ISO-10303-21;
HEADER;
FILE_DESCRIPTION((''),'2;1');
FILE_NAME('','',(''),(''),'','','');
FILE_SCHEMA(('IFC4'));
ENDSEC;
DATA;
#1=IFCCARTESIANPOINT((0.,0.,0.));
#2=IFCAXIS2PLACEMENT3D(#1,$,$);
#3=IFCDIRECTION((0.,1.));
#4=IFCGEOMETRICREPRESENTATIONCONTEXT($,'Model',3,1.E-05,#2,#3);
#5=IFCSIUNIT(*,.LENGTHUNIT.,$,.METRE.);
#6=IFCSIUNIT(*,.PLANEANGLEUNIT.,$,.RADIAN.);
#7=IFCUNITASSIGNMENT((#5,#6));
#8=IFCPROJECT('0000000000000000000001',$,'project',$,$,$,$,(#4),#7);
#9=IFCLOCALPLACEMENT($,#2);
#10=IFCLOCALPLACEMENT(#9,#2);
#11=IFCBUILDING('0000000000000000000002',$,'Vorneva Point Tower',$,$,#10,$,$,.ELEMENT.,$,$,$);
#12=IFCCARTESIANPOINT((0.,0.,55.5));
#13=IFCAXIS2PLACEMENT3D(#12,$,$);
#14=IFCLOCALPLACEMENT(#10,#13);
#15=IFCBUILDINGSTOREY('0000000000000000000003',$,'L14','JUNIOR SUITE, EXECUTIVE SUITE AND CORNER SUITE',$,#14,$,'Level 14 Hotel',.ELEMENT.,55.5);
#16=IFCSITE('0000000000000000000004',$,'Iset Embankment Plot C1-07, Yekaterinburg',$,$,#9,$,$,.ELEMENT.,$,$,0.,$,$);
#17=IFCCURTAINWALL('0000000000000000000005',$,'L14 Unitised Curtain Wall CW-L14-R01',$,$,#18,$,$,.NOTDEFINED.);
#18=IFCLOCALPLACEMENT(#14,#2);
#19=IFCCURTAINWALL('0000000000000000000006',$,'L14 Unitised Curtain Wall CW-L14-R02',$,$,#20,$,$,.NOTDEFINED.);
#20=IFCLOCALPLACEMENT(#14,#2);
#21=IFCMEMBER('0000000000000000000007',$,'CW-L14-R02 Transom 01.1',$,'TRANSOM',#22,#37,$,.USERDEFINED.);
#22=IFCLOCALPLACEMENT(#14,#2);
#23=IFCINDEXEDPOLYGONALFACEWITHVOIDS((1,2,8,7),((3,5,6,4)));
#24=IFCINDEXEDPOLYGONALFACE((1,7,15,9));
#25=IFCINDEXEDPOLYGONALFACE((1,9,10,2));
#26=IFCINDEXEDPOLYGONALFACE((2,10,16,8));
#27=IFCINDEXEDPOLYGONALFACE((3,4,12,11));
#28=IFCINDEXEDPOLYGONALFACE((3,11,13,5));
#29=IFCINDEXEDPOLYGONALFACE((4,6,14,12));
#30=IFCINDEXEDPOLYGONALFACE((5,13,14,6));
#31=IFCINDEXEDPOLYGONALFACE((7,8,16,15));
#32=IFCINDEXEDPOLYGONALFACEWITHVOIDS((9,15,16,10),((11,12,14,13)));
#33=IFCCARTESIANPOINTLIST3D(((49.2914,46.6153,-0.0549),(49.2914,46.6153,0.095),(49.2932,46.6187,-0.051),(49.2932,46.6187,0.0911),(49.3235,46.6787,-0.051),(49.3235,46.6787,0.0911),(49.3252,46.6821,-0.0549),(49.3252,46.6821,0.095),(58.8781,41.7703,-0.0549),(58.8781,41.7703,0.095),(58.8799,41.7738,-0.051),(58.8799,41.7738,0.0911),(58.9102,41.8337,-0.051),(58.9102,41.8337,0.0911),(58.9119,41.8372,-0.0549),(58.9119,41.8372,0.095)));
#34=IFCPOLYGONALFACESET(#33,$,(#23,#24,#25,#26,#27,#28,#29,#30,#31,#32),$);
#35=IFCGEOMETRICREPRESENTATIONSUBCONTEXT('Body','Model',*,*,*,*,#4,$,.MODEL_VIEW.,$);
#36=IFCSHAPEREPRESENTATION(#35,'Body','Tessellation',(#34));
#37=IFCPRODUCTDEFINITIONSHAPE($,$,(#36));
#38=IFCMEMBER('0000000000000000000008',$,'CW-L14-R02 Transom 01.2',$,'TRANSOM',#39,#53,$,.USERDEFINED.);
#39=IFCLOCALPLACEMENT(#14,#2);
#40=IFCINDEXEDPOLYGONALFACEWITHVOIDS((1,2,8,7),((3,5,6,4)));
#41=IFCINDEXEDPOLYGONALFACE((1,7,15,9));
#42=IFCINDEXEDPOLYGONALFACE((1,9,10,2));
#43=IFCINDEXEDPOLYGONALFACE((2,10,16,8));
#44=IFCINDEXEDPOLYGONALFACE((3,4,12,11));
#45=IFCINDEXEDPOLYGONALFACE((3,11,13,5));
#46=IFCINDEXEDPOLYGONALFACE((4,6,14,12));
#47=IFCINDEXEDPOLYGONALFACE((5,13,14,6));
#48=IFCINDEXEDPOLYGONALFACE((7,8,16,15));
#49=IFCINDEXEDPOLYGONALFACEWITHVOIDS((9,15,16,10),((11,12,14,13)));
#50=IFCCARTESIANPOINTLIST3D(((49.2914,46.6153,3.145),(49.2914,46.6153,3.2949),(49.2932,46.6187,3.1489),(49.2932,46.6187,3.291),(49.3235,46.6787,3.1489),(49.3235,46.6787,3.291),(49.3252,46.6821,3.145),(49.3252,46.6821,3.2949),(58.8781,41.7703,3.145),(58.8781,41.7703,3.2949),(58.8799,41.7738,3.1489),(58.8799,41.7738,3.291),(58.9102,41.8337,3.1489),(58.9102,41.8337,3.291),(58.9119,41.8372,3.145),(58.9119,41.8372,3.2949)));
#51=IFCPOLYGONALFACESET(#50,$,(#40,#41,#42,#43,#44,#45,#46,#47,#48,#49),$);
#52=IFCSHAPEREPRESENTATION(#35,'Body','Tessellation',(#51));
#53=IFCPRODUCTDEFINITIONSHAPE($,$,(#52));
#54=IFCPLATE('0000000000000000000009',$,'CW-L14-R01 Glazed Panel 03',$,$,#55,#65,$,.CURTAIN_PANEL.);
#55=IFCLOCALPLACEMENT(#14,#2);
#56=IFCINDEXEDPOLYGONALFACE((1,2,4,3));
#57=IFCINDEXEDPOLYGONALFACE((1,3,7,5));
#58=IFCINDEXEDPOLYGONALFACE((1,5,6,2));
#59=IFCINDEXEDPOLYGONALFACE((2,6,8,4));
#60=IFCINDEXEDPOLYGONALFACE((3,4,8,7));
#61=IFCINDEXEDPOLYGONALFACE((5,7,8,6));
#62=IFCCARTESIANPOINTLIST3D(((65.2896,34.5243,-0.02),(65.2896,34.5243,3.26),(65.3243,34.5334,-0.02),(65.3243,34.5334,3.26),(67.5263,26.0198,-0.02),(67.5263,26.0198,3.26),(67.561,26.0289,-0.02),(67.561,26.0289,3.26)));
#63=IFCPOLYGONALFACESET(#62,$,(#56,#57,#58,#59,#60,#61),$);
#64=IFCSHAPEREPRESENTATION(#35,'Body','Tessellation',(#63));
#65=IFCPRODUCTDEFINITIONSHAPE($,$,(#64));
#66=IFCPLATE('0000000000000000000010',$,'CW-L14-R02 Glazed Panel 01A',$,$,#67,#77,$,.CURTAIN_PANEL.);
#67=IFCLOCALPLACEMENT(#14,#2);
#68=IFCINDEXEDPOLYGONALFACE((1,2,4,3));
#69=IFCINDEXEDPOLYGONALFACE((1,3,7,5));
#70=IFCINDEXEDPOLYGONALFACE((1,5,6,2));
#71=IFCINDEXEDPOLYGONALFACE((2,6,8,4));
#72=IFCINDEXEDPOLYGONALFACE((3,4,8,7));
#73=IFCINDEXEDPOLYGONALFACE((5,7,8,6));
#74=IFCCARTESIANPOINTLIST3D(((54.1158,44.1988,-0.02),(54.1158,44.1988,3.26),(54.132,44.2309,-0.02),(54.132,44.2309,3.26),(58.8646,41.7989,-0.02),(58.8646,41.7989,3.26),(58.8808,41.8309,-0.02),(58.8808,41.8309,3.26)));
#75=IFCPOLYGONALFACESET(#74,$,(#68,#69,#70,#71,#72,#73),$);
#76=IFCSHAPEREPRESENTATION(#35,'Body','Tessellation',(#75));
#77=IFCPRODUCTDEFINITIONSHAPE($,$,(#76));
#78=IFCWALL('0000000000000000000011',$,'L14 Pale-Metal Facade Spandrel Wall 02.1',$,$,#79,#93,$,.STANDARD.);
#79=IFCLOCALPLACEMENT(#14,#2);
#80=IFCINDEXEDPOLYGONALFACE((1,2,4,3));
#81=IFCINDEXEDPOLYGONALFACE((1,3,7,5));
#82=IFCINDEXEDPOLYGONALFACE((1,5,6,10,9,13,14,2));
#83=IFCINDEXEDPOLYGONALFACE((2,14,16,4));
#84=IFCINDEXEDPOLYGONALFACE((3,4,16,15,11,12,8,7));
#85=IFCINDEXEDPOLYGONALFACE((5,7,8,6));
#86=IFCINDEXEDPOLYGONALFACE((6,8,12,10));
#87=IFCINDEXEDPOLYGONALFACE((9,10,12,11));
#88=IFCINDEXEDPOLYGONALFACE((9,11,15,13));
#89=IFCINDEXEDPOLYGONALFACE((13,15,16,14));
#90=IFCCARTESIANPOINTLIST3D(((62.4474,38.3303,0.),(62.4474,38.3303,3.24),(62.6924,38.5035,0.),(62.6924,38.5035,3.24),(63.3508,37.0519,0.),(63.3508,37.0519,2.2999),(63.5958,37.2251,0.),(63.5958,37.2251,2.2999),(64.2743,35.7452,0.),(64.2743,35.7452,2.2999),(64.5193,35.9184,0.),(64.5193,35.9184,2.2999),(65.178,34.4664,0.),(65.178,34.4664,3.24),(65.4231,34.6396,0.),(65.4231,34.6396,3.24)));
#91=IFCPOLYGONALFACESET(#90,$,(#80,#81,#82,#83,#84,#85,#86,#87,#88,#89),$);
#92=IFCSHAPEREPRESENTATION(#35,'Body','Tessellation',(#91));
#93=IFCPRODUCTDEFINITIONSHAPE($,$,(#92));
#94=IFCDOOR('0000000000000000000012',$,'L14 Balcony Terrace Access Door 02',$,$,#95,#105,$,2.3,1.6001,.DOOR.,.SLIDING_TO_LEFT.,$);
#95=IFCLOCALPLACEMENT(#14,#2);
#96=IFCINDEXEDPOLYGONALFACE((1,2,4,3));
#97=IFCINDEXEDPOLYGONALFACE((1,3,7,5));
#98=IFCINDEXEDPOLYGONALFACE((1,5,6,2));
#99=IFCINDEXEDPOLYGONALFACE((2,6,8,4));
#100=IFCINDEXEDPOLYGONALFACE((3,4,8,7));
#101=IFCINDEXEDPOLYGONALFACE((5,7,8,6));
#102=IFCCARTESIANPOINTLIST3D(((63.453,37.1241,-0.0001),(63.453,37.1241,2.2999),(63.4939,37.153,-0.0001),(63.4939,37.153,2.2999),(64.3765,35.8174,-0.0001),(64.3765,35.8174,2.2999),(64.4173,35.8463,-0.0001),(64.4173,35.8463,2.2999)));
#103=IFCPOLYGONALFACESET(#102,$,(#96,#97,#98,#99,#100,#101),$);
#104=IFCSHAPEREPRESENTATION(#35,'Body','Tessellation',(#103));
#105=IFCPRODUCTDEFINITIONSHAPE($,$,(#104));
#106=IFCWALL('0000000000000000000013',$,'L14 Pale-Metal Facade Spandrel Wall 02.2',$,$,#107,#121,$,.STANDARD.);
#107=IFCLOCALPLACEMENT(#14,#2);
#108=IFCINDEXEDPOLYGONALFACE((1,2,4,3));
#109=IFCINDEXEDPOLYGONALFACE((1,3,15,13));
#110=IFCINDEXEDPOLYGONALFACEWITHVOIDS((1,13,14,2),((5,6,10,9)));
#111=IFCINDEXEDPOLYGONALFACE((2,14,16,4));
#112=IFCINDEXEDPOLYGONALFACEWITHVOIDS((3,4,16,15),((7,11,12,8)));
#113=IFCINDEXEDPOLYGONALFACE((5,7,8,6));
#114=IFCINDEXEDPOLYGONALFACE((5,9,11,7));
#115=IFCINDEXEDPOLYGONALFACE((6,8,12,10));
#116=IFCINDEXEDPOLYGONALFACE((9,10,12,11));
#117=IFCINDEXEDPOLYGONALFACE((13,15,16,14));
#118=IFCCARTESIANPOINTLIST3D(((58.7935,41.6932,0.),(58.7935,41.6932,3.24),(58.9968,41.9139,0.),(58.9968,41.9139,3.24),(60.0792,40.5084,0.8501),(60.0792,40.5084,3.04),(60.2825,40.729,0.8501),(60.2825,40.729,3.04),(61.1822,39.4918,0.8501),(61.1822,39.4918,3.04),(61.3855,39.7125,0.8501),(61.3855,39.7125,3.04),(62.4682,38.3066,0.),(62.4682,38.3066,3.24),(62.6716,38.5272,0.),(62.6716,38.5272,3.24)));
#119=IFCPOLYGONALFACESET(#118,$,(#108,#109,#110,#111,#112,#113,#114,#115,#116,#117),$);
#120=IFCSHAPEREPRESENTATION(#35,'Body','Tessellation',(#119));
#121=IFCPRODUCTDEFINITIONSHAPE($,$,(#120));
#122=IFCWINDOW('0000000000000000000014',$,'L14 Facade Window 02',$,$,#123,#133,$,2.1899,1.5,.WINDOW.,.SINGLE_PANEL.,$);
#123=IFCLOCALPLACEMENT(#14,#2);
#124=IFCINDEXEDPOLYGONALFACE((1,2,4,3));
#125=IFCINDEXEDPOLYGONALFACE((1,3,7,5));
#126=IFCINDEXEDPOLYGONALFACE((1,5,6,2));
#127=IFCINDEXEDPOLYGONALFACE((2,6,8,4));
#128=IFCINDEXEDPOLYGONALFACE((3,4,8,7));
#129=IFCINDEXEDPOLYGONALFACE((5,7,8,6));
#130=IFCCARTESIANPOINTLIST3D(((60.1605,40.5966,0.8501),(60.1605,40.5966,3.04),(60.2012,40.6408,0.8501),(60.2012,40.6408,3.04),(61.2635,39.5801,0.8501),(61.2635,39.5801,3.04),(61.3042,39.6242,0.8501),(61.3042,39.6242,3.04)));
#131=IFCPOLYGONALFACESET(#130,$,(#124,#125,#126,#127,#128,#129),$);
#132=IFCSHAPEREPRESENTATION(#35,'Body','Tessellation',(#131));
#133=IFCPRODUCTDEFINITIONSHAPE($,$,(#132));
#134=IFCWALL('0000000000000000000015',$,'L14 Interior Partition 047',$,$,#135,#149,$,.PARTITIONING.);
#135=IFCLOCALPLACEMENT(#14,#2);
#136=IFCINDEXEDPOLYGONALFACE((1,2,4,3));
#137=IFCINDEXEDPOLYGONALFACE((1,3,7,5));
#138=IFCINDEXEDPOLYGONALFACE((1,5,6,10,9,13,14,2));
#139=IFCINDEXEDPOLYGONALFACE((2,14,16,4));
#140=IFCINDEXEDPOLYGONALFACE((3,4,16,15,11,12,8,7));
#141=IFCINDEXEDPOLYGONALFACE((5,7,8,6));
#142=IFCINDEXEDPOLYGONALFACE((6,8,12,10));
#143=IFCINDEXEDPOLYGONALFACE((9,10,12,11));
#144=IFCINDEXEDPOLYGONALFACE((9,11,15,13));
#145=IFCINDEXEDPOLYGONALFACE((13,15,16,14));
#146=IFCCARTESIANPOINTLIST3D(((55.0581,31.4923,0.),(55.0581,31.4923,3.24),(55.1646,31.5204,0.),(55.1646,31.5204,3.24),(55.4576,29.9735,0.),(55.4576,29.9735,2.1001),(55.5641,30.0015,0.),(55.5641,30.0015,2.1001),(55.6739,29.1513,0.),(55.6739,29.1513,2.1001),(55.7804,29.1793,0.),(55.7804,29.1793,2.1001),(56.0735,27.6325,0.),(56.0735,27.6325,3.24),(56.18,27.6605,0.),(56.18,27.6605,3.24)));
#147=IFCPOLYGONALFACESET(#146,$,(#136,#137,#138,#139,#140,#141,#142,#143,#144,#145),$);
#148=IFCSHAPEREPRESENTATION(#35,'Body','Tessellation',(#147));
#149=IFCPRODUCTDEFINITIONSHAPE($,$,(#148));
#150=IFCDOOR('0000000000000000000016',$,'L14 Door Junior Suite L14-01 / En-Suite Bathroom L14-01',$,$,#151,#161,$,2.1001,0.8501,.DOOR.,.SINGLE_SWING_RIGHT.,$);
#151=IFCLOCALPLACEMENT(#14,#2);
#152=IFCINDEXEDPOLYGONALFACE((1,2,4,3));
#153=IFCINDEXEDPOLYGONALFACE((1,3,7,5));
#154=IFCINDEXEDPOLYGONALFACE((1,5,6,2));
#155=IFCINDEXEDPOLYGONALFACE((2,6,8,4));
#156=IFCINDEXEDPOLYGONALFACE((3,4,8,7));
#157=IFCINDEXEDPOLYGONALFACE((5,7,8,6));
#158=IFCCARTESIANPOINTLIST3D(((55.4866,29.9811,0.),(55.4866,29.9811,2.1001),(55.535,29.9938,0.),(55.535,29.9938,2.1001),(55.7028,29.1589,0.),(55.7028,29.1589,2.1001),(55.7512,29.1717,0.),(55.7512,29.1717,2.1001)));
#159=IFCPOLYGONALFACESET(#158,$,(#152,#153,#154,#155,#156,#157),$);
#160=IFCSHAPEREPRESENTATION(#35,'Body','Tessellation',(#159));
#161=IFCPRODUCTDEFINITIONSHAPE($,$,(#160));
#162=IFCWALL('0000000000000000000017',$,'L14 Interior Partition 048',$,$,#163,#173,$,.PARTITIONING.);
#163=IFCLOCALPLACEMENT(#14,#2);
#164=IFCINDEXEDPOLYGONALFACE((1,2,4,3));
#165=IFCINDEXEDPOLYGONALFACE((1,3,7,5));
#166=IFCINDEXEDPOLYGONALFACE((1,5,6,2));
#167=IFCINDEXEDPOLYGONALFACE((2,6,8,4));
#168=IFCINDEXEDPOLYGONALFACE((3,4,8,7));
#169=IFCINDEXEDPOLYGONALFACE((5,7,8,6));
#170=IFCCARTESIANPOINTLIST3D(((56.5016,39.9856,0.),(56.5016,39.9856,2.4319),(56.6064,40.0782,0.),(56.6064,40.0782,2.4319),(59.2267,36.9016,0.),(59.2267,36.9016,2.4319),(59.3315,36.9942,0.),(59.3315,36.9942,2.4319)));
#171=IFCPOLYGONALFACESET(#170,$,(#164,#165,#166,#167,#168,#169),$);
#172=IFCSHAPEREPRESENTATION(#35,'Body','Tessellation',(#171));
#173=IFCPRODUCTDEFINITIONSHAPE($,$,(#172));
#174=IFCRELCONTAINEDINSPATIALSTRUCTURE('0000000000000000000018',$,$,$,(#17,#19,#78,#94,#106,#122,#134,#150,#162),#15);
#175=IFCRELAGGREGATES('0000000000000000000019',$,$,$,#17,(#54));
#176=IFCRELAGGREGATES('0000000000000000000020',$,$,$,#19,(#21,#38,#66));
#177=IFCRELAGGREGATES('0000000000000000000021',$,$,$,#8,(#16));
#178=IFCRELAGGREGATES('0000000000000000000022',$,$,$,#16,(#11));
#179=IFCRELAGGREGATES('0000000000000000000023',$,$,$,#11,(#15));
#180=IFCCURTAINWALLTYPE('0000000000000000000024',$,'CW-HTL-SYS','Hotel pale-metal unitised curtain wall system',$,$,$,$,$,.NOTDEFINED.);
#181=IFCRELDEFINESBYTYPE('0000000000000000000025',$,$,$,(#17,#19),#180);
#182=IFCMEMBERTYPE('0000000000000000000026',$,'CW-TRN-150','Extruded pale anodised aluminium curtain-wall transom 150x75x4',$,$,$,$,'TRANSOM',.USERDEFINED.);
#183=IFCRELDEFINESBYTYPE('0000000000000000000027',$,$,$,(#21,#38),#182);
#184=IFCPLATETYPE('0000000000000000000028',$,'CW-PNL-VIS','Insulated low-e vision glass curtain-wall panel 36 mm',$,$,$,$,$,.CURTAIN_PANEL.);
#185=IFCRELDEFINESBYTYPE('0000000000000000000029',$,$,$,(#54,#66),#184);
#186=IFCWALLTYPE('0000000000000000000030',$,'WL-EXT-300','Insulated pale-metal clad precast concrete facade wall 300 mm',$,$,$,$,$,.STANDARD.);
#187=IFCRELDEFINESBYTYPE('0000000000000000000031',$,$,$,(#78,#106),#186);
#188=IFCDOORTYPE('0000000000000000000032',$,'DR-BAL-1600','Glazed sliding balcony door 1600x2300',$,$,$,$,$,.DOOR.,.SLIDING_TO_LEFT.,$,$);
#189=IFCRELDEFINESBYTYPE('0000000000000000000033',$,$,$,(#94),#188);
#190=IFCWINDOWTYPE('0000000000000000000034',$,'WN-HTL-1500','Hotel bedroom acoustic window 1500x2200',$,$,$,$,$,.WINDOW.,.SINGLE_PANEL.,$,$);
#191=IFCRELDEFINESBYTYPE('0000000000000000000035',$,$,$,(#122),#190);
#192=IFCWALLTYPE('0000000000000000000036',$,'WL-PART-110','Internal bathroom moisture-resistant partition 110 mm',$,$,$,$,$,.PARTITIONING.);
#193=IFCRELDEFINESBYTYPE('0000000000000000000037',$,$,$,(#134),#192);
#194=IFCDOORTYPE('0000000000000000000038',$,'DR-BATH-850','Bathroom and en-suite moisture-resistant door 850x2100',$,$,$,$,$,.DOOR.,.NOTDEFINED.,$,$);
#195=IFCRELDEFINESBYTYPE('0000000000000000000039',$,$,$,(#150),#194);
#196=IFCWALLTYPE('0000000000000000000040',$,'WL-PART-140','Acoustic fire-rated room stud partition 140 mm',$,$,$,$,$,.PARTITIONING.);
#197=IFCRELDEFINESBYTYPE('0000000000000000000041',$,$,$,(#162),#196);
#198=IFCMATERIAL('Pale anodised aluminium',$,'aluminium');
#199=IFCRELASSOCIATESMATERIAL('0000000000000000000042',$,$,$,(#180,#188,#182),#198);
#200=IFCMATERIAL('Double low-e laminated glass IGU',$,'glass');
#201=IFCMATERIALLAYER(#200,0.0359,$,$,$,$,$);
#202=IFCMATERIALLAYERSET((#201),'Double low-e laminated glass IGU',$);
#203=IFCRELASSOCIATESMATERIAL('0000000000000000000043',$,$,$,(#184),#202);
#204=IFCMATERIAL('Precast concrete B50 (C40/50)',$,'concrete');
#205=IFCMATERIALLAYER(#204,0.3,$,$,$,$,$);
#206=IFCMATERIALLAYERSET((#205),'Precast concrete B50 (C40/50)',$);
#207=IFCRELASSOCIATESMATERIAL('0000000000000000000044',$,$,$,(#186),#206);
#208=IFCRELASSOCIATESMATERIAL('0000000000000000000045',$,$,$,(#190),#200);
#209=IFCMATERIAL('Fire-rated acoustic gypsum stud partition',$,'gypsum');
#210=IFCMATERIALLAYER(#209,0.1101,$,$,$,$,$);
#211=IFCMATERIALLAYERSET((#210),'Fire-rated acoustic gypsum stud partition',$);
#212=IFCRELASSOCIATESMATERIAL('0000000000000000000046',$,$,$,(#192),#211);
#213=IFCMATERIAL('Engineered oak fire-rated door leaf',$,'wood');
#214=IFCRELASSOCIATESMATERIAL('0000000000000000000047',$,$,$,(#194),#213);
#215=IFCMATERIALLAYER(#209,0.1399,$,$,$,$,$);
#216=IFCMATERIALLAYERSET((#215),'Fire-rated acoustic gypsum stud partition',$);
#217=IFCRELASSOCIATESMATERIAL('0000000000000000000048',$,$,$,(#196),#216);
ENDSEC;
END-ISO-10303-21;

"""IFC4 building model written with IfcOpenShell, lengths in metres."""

from ifc_helpers import new_model, si_unit, direction, frame, frame_2d, origin, origin_2d, place, context, subcontext, project, spatial, rectangle, hollow_rectangle, extrude, material, layer, layer_set, material_profile, profile_set, type_object, element, fill, aggregate, save


model = new_model("IFC4")

# Units and contexts
model_context = context("Model", 3, precision=1e-05, world=origin(), true_north=direction((0.0, 1.0)))
body_context = subcontext(model_context, "Body", "Model", "MODEL_VIEW")
ifc_project = project(units=[si_unit("LENGTHUNIT", "METRE"), si_unit("PLANEANGLEUNIT", "RADIAN")], contexts=[model_context])

# Site, building, storey
site_placement = place(None, origin())
site = spatial("IfcSite", under=ifc_project, at=site_placement, Name="Iset Embankment Plot C1-07, Yekaterinburg", CompositionType="ELEMENT", RefElevation=0.0)
building_placement = place(site_placement, origin())
building = spatial("IfcBuilding", under=site, at=building_placement, Name="Vorneva Point Tower", CompositionType="ELEMENT")
storey_placement = place(building_placement, frame((0.0, 0.0, 55.5)))
storey = spatial("IfcBuildingStorey", under=building, at=storey_placement, Name="L14", Description="JUNIOR SUITE, EXECUTIVE SUITE AND CORNER SUITE", LongName="Level 14 Hotel", CompositionType="ELEMENT", Elevation=55.5)

# Curtain wall
ifc_material_1 = material(Name="Pale anodised aluminium", Category="aluminium")
curtain_wall_type = type_object("IfcCurtainWallType", Name="CW-HTL-SYS", Description="Hotel pale-metal unitised curtain wall system", PredefinedType="NOTDEFINED", material=ifc_material_1)
curtain_wall_1_placement = place(storey_placement, origin())
curtain_wall_1 = element("IfcCurtainWall", 1, at=curtain_wall_1_placement, inside=storey, type_object=curtain_wall_type, Name="L14 Unitised Curtain Wall CW-L14-R01", PredefinedType="NOTDEFINED")

# Curtain wall, members
curtain_wall_2_placement = place(storey_placement, origin())
curtain_wall_2 = element("IfcCurtainWall", 2, at=curtain_wall_2_placement, inside=storey, type_object=curtain_wall_type, Name="L14 Unitised Curtain Wall CW-L14-R02", PredefinedType="NOTDEFINED")
ifc_material_profile_1 = material_profile(ifc_material_1, hollow_rectangle(XDim=0.075, YDim=0.1499, WallThickness=0.0039, at=origin_2d()), Name="AL-TRN 150x75x4")
ifc_profile_set_1 = profile_set([ifc_material_profile_1], Name="Pale anodised aluminium")
member_type_1 = type_object("IfcMemberType", Name="CW-TRN-150", Description="Extruded pale anodised aluminium curtain-wall transom 150x75x4", ElementType="TRANSOM", PredefinedType="USERDEFINED", material=ifc_profile_set_1)
member_1_placement = place(storey_placement, frame((58.895, 41.8037, 0.02), z_axis=(-0.892496, 0.451055, 0.0), x_axis=(-0.451055, -0.892496, 0.0)))
member_1 = element("IfcMember", 3, at=member_1_placement, type_object=member_type_1, Name="CW-L14-R02 Transom 01.1", ObjectType="TRANSOM", PredefinedType="USERDEFINED", context=body_context, shape_type="SweptSolid", body=[
    extrude(hollow_rectangle(XDim=0.075, YDim=0.1499, WallThickness=0.0039, at=origin_2d()), origin(), (0.0, 0.0, 1.0), 10.7415),
])
member_2_placement = place(storey_placement, frame((58.895, 41.8037, 3.22), z_axis=(-0.892496, 0.451055, 0.0), x_axis=(-0.451055, -0.892496, 0.0)))
member_2 = element("IfcMember", 4, at=member_2_placement, type_object=member_type_1, Name="CW-L14-R02 Transom 01.2", ObjectType="TRANSOM", PredefinedType="USERDEFINED", context=body_context, shape_type="SweptSolid", body=[
    extrude(hollow_rectangle(XDim=0.075, YDim=0.1499, WallThickness=0.0039, at=origin_2d()), origin(), (0.0, 0.0, 1.0), 10.7415),
])

# Plates
ifc_material_2 = material(Name="Double low-e laminated glass IGU", Category="glass")
ifc_layer_1 = layer(ifc_material_2, 0.0359)
ifc_layer_set_1 = layer_set([ifc_layer_1], Name="Double low-e laminated glass IGU")
plate_type = type_object("IfcPlateType", Name="CW-PNL-VIS", Description="Insulated low-e vision glass curtain-wall panel 36 mm", PredefinedType="CURTAIN_PANEL", material=ifc_layer_set_1)
plate_1_placement = place(storey_placement, frame((66.4253, 30.2766, -0.02), z_axis=(0.0, 0.0, 1.0), x_axis=(-0.254349, 0.967113, 0.0)))
plate_1 = element("IfcPlate", 5, at=plate_1_placement, type_object=plate_type, Name="CW-L14-R01 Glazed Panel 03", PredefinedType="CURTAIN_PANEL", context=body_context, shape_type="SweptSolid", body=[
    extrude(rectangle(XDim=8.7937, YDim=0.0359, at=origin_2d()), origin(), (0.0, 0.0, 1.0), 3.28),
])
aggregate(curtain_wall_1, [plate_1])
plate_2_placement = place(storey_placement, frame((56.4983, 43.0149, -0.02), z_axis=(0.0, 0.0, 1.0), x_axis=(-0.892499, 0.451049, 0.0)))
plate_2 = element("IfcPlate", 6, at=plate_2_placement, type_object=plate_type, Name="CW-L14-R02 Glazed Panel 01A", PredefinedType="CURTAIN_PANEL", context=body_context, shape_type="SweptSolid", body=[
    extrude(rectangle(XDim=5.3208, YDim=0.0359, at=origin_2d()), origin(), (0.0, 0.0, 1.0), 3.28),
])
aggregate(curtain_wall_2, [member_1, member_2, plate_2])

# Wall, opening, door
ifc_material_3 = material(Name="Precast concrete B50 (C40/50)", Category="concrete")
ifc_layer_2 = layer(ifc_material_3, 0.3)
ifc_layer_set_2 = layer_set([ifc_layer_2], Name="Precast concrete B50 (C40/50)")
wall_type_1 = type_object("IfcWallType", Name="WL-EXT-300", Description="Insulated pale-metal clad precast concrete facade wall 300 mm", PredefinedType="STANDARD", material=ifc_layer_set_2)
wall_1_placement = place(storey_placement, frame((65.3005, 34.553, 0.0), z_axis=(0.0, 0.0, 1.0), x_axis=(-0.577131, 0.816652, 0.0)))
wall_1 = element("IfcWall", 7, at=wall_1_placement, inside=storey, type_object=wall_type_1, Name="L14 Pale-Metal Facade Spandrel Wall 02.1", PredefinedType="STANDARD", context=body_context, shape_type="SweptSolid", body=[
    extrude(rectangle(XDim=4.7314, YDim=0.3, at=frame_2d((2.3657, 0.0))), origin(), (0.0, 0.0, 1.0), 3.24),
])
opening_1_placement = place(wall_1_placement, frame((1.5659, 0.0, 0.0)))
opening_1 = element("IfcOpeningElement", 8, at=opening_1_placement, cuts=wall_1, PredefinedType="OPENING", context=body_context, shape_type="SweptSolid", body=[
    extrude(rectangle(XDim=1.6001, YDim=2.3, at=frame_2d((0.8, 1.1499))), frame((0.0, 0.165, 0.0), z_axis=(0.0, -1.0, 0.0), x_axis=(1.0, 0.0, 0.0)), (0.0, 0.0, 1.0), 0.3298),
])
door_type_1 = type_object("IfcDoorType", Name="DR-BAL-1600", Description="Glazed sliding balcony door 1600x2300", OperationType="SLIDING_TO_LEFT", PredefinedType="DOOR", material=ifc_material_1)
door_1_placement = place(opening_1_placement, origin())
door_1 = element("IfcDoor", 9, at=door_1_placement, inside=storey, type_object=door_type_1, Name="L14 Balcony Terrace Access Door 02", OperationType="SLIDING_TO_LEFT", OverallHeight=2.3, OverallWidth=1.6001, PredefinedType="DOOR", context=body_context, shape_type="SweptSolid", body=[
    extrude(rectangle(XDim=1.6001, YDim=2.3, at=frame_2d((0.8, 1.1499))), frame((0.0, 0.0249, 0.0), z_axis=(0.0, -1.0, 0.0), x_axis=(1.0, 0.0, 0.0)), (0.0, 0.0, 1.0), 0.05),
])
fill(opening_1, door_1)

# Wall, opening, window
wall_2_placement = place(storey_placement, frame((62.5698, 38.417, 0.0), z_axis=(0.0, 0.0, 1.0), x_axis=(-0.735343, 0.677696, 0.0)))
wall_2 = element("IfcWall", 10, at=wall_2_placement, inside=storey, type_object=wall_type_1, Name="L14 Pale-Metal Facade Spandrel Wall 02.2", PredefinedType="STANDARD", context=body_context, shape_type="SweptSolid", body=[
    extrude(rectangle(XDim=4.9973, YDim=0.3, at=frame_2d((2.4985, 0.0))), origin(), (0.0, 0.0, 1.0), 3.24),
])
opening_2_placement = place(wall_2_placement, frame((1.7488, 0.0, 0.8501)))
opening_2 = element("IfcOpeningElement", 11, at=opening_2_placement, cuts=wall_2, PredefinedType="OPENING", context=body_context, shape_type="SweptSolid", body=[
    extrude(rectangle(XDim=1.5, YDim=2.1899, at=frame_2d((0.75, 1.095))), frame((0.0, 0.165, 0.0), z_axis=(0.0, -1.0, 0.0), x_axis=(1.0, 0.0, 0.0)), (0.0, 0.0, 1.0), 0.3298),
])
window_type = type_object("IfcWindowType", Name="WN-HTL-1500", Description="Hotel bedroom acoustic window 1500x2200", PartitioningType="SINGLE_PANEL", PredefinedType="WINDOW", material=ifc_material_2)
window_placement = place(opening_2_placement, origin())
window = element("IfcWindow", 12, at=window_placement, inside=storey, type_object=window_type, Name="L14 Facade Window 02", OverallHeight=2.1899, OverallWidth=1.5, PartitioningType="SINGLE_PANEL", PredefinedType="WINDOW", context=body_context, shape_type="SweptSolid", body=[
    extrude(rectangle(XDim=1.5, YDim=2.1899, at=frame_2d((0.75, 1.095))), frame((0.0, 0.03, 0.0), z_axis=(0.0, -1.0, 0.0), x_axis=(1.0, 0.0, 0.0)), (0.0, 0.0, 1.0), 0.0601),
])
fill(opening_2, window)

# Wall, opening, door
ifc_material_4 = material(Name="Fire-rated acoustic gypsum stud partition", Category="gypsum")
ifc_layer_3 = layer(ifc_material_4, 0.1101)
ifc_layer_set_3 = layer_set([ifc_layer_3], Name="Fire-rated acoustic gypsum stud partition")
wall_type_2 = type_object("IfcWallType", Name="WL-PART-110", Description="Internal bathroom moisture-resistant partition 110 mm", PredefinedType="PARTITIONING", material=ifc_layer_set_3)
wall_3_placement = place(storey_placement, frame((55.1113, 31.5063, 0.0), z_axis=(0.0, 0.0, 1.0), x_axis=(0.254406, -0.967098, 0.0)))
wall_3 = element("IfcWall", 13, at=wall_3_placement, inside=storey, type_object=wall_type_2, Name="L14 Interior Partition 047", PredefinedType="PARTITIONING", context=body_context, shape_type="SweptSolid", body=[
    extrude(rectangle(XDim=3.9912, YDim=0.1101, at=frame_2d((1.9956, 0.0))), origin(), (0.0, 0.0, 1.0), 3.24),
])
opening_3_placement = place(wall_3_placement, frame((1.5706, 0.0, 0.0)))
opening_3 = element("IfcOpeningElement", 14, at=opening_3_placement, cuts=wall_3, PredefinedType="OPENING", context=body_context, shape_type="SweptSolid", body=[
    extrude(rectangle(XDim=0.8501, YDim=2.1001, at=frame_2d((0.425, 1.05))), frame((0.0, 0.0698, 0.0), z_axis=(0.0, -1.0, 0.0), x_axis=(1.0, 0.0, 0.0)), (0.0, 0.0, 1.0), 0.1399),
])
ifc_material_5 = material(Name="Engineered oak fire-rated door leaf", Category="wood")
door_type_2 = type_object("IfcDoorType", Name="DR-BATH-850", Description="Bathroom and en-suite moisture-resistant door 850x2100", OperationType="NOTDEFINED", PredefinedType="DOOR", material=ifc_material_5)
door_2_placement = place(opening_3_placement, origin())
door_2 = element("IfcDoor", 15, at=door_2_placement, inside=storey, type_object=door_type_2, Name="L14 Door Junior Suite L14-01 / En-Suite Bathroom L14-01", OperationType="SINGLE_SWING_RIGHT", OverallHeight=2.1001, OverallWidth=0.8501, PredefinedType="DOOR", context=body_context, shape_type="SweptSolid", body=[
    extrude(rectangle(XDim=0.8501, YDim=2.1001, at=frame_2d((0.425, 1.05))), frame((0.0, 0.0249, 0.0), z_axis=(0.0, -1.0, 0.0), x_axis=(1.0, 0.0, 0.0)), (0.0, 0.0, 1.0), 0.05),
])
fill(opening_3, door_2)

# Wall
ifc_layer_4 = layer(ifc_material_4, 0.1399)
ifc_layer_set_4 = layer_set([ifc_layer_4], Name="Fire-rated acoustic gypsum stud partition")
wall_type_3 = type_object("IfcWallType", Name="WL-PART-140", Description="Acoustic fire-rated room stud partition 140 mm", PredefinedType="PARTITIONING", material=ifc_layer_set_4)
wall_4_placement = place(storey_placement, frame((59.2791, 36.948, 0.0), z_axis=(0.0, 0.0, 1.0), x_axis=(-0.662159, 0.749363, 0.0)))
element("IfcWall", 16, at=wall_4_placement, inside=storey, type_object=wall_type_3, Name="L14 Interior Partition 048", PredefinedType="PARTITIONING", context=body_context, shape_type="SweptSolid", body=[
    extrude(rectangle(XDim=4.1155, YDim=0.1399, at=frame_2d((2.0576, 0.0))), origin(), (0.0, 0.0, 1.0), 2.4319),
])

save(model, "model.ifc")
